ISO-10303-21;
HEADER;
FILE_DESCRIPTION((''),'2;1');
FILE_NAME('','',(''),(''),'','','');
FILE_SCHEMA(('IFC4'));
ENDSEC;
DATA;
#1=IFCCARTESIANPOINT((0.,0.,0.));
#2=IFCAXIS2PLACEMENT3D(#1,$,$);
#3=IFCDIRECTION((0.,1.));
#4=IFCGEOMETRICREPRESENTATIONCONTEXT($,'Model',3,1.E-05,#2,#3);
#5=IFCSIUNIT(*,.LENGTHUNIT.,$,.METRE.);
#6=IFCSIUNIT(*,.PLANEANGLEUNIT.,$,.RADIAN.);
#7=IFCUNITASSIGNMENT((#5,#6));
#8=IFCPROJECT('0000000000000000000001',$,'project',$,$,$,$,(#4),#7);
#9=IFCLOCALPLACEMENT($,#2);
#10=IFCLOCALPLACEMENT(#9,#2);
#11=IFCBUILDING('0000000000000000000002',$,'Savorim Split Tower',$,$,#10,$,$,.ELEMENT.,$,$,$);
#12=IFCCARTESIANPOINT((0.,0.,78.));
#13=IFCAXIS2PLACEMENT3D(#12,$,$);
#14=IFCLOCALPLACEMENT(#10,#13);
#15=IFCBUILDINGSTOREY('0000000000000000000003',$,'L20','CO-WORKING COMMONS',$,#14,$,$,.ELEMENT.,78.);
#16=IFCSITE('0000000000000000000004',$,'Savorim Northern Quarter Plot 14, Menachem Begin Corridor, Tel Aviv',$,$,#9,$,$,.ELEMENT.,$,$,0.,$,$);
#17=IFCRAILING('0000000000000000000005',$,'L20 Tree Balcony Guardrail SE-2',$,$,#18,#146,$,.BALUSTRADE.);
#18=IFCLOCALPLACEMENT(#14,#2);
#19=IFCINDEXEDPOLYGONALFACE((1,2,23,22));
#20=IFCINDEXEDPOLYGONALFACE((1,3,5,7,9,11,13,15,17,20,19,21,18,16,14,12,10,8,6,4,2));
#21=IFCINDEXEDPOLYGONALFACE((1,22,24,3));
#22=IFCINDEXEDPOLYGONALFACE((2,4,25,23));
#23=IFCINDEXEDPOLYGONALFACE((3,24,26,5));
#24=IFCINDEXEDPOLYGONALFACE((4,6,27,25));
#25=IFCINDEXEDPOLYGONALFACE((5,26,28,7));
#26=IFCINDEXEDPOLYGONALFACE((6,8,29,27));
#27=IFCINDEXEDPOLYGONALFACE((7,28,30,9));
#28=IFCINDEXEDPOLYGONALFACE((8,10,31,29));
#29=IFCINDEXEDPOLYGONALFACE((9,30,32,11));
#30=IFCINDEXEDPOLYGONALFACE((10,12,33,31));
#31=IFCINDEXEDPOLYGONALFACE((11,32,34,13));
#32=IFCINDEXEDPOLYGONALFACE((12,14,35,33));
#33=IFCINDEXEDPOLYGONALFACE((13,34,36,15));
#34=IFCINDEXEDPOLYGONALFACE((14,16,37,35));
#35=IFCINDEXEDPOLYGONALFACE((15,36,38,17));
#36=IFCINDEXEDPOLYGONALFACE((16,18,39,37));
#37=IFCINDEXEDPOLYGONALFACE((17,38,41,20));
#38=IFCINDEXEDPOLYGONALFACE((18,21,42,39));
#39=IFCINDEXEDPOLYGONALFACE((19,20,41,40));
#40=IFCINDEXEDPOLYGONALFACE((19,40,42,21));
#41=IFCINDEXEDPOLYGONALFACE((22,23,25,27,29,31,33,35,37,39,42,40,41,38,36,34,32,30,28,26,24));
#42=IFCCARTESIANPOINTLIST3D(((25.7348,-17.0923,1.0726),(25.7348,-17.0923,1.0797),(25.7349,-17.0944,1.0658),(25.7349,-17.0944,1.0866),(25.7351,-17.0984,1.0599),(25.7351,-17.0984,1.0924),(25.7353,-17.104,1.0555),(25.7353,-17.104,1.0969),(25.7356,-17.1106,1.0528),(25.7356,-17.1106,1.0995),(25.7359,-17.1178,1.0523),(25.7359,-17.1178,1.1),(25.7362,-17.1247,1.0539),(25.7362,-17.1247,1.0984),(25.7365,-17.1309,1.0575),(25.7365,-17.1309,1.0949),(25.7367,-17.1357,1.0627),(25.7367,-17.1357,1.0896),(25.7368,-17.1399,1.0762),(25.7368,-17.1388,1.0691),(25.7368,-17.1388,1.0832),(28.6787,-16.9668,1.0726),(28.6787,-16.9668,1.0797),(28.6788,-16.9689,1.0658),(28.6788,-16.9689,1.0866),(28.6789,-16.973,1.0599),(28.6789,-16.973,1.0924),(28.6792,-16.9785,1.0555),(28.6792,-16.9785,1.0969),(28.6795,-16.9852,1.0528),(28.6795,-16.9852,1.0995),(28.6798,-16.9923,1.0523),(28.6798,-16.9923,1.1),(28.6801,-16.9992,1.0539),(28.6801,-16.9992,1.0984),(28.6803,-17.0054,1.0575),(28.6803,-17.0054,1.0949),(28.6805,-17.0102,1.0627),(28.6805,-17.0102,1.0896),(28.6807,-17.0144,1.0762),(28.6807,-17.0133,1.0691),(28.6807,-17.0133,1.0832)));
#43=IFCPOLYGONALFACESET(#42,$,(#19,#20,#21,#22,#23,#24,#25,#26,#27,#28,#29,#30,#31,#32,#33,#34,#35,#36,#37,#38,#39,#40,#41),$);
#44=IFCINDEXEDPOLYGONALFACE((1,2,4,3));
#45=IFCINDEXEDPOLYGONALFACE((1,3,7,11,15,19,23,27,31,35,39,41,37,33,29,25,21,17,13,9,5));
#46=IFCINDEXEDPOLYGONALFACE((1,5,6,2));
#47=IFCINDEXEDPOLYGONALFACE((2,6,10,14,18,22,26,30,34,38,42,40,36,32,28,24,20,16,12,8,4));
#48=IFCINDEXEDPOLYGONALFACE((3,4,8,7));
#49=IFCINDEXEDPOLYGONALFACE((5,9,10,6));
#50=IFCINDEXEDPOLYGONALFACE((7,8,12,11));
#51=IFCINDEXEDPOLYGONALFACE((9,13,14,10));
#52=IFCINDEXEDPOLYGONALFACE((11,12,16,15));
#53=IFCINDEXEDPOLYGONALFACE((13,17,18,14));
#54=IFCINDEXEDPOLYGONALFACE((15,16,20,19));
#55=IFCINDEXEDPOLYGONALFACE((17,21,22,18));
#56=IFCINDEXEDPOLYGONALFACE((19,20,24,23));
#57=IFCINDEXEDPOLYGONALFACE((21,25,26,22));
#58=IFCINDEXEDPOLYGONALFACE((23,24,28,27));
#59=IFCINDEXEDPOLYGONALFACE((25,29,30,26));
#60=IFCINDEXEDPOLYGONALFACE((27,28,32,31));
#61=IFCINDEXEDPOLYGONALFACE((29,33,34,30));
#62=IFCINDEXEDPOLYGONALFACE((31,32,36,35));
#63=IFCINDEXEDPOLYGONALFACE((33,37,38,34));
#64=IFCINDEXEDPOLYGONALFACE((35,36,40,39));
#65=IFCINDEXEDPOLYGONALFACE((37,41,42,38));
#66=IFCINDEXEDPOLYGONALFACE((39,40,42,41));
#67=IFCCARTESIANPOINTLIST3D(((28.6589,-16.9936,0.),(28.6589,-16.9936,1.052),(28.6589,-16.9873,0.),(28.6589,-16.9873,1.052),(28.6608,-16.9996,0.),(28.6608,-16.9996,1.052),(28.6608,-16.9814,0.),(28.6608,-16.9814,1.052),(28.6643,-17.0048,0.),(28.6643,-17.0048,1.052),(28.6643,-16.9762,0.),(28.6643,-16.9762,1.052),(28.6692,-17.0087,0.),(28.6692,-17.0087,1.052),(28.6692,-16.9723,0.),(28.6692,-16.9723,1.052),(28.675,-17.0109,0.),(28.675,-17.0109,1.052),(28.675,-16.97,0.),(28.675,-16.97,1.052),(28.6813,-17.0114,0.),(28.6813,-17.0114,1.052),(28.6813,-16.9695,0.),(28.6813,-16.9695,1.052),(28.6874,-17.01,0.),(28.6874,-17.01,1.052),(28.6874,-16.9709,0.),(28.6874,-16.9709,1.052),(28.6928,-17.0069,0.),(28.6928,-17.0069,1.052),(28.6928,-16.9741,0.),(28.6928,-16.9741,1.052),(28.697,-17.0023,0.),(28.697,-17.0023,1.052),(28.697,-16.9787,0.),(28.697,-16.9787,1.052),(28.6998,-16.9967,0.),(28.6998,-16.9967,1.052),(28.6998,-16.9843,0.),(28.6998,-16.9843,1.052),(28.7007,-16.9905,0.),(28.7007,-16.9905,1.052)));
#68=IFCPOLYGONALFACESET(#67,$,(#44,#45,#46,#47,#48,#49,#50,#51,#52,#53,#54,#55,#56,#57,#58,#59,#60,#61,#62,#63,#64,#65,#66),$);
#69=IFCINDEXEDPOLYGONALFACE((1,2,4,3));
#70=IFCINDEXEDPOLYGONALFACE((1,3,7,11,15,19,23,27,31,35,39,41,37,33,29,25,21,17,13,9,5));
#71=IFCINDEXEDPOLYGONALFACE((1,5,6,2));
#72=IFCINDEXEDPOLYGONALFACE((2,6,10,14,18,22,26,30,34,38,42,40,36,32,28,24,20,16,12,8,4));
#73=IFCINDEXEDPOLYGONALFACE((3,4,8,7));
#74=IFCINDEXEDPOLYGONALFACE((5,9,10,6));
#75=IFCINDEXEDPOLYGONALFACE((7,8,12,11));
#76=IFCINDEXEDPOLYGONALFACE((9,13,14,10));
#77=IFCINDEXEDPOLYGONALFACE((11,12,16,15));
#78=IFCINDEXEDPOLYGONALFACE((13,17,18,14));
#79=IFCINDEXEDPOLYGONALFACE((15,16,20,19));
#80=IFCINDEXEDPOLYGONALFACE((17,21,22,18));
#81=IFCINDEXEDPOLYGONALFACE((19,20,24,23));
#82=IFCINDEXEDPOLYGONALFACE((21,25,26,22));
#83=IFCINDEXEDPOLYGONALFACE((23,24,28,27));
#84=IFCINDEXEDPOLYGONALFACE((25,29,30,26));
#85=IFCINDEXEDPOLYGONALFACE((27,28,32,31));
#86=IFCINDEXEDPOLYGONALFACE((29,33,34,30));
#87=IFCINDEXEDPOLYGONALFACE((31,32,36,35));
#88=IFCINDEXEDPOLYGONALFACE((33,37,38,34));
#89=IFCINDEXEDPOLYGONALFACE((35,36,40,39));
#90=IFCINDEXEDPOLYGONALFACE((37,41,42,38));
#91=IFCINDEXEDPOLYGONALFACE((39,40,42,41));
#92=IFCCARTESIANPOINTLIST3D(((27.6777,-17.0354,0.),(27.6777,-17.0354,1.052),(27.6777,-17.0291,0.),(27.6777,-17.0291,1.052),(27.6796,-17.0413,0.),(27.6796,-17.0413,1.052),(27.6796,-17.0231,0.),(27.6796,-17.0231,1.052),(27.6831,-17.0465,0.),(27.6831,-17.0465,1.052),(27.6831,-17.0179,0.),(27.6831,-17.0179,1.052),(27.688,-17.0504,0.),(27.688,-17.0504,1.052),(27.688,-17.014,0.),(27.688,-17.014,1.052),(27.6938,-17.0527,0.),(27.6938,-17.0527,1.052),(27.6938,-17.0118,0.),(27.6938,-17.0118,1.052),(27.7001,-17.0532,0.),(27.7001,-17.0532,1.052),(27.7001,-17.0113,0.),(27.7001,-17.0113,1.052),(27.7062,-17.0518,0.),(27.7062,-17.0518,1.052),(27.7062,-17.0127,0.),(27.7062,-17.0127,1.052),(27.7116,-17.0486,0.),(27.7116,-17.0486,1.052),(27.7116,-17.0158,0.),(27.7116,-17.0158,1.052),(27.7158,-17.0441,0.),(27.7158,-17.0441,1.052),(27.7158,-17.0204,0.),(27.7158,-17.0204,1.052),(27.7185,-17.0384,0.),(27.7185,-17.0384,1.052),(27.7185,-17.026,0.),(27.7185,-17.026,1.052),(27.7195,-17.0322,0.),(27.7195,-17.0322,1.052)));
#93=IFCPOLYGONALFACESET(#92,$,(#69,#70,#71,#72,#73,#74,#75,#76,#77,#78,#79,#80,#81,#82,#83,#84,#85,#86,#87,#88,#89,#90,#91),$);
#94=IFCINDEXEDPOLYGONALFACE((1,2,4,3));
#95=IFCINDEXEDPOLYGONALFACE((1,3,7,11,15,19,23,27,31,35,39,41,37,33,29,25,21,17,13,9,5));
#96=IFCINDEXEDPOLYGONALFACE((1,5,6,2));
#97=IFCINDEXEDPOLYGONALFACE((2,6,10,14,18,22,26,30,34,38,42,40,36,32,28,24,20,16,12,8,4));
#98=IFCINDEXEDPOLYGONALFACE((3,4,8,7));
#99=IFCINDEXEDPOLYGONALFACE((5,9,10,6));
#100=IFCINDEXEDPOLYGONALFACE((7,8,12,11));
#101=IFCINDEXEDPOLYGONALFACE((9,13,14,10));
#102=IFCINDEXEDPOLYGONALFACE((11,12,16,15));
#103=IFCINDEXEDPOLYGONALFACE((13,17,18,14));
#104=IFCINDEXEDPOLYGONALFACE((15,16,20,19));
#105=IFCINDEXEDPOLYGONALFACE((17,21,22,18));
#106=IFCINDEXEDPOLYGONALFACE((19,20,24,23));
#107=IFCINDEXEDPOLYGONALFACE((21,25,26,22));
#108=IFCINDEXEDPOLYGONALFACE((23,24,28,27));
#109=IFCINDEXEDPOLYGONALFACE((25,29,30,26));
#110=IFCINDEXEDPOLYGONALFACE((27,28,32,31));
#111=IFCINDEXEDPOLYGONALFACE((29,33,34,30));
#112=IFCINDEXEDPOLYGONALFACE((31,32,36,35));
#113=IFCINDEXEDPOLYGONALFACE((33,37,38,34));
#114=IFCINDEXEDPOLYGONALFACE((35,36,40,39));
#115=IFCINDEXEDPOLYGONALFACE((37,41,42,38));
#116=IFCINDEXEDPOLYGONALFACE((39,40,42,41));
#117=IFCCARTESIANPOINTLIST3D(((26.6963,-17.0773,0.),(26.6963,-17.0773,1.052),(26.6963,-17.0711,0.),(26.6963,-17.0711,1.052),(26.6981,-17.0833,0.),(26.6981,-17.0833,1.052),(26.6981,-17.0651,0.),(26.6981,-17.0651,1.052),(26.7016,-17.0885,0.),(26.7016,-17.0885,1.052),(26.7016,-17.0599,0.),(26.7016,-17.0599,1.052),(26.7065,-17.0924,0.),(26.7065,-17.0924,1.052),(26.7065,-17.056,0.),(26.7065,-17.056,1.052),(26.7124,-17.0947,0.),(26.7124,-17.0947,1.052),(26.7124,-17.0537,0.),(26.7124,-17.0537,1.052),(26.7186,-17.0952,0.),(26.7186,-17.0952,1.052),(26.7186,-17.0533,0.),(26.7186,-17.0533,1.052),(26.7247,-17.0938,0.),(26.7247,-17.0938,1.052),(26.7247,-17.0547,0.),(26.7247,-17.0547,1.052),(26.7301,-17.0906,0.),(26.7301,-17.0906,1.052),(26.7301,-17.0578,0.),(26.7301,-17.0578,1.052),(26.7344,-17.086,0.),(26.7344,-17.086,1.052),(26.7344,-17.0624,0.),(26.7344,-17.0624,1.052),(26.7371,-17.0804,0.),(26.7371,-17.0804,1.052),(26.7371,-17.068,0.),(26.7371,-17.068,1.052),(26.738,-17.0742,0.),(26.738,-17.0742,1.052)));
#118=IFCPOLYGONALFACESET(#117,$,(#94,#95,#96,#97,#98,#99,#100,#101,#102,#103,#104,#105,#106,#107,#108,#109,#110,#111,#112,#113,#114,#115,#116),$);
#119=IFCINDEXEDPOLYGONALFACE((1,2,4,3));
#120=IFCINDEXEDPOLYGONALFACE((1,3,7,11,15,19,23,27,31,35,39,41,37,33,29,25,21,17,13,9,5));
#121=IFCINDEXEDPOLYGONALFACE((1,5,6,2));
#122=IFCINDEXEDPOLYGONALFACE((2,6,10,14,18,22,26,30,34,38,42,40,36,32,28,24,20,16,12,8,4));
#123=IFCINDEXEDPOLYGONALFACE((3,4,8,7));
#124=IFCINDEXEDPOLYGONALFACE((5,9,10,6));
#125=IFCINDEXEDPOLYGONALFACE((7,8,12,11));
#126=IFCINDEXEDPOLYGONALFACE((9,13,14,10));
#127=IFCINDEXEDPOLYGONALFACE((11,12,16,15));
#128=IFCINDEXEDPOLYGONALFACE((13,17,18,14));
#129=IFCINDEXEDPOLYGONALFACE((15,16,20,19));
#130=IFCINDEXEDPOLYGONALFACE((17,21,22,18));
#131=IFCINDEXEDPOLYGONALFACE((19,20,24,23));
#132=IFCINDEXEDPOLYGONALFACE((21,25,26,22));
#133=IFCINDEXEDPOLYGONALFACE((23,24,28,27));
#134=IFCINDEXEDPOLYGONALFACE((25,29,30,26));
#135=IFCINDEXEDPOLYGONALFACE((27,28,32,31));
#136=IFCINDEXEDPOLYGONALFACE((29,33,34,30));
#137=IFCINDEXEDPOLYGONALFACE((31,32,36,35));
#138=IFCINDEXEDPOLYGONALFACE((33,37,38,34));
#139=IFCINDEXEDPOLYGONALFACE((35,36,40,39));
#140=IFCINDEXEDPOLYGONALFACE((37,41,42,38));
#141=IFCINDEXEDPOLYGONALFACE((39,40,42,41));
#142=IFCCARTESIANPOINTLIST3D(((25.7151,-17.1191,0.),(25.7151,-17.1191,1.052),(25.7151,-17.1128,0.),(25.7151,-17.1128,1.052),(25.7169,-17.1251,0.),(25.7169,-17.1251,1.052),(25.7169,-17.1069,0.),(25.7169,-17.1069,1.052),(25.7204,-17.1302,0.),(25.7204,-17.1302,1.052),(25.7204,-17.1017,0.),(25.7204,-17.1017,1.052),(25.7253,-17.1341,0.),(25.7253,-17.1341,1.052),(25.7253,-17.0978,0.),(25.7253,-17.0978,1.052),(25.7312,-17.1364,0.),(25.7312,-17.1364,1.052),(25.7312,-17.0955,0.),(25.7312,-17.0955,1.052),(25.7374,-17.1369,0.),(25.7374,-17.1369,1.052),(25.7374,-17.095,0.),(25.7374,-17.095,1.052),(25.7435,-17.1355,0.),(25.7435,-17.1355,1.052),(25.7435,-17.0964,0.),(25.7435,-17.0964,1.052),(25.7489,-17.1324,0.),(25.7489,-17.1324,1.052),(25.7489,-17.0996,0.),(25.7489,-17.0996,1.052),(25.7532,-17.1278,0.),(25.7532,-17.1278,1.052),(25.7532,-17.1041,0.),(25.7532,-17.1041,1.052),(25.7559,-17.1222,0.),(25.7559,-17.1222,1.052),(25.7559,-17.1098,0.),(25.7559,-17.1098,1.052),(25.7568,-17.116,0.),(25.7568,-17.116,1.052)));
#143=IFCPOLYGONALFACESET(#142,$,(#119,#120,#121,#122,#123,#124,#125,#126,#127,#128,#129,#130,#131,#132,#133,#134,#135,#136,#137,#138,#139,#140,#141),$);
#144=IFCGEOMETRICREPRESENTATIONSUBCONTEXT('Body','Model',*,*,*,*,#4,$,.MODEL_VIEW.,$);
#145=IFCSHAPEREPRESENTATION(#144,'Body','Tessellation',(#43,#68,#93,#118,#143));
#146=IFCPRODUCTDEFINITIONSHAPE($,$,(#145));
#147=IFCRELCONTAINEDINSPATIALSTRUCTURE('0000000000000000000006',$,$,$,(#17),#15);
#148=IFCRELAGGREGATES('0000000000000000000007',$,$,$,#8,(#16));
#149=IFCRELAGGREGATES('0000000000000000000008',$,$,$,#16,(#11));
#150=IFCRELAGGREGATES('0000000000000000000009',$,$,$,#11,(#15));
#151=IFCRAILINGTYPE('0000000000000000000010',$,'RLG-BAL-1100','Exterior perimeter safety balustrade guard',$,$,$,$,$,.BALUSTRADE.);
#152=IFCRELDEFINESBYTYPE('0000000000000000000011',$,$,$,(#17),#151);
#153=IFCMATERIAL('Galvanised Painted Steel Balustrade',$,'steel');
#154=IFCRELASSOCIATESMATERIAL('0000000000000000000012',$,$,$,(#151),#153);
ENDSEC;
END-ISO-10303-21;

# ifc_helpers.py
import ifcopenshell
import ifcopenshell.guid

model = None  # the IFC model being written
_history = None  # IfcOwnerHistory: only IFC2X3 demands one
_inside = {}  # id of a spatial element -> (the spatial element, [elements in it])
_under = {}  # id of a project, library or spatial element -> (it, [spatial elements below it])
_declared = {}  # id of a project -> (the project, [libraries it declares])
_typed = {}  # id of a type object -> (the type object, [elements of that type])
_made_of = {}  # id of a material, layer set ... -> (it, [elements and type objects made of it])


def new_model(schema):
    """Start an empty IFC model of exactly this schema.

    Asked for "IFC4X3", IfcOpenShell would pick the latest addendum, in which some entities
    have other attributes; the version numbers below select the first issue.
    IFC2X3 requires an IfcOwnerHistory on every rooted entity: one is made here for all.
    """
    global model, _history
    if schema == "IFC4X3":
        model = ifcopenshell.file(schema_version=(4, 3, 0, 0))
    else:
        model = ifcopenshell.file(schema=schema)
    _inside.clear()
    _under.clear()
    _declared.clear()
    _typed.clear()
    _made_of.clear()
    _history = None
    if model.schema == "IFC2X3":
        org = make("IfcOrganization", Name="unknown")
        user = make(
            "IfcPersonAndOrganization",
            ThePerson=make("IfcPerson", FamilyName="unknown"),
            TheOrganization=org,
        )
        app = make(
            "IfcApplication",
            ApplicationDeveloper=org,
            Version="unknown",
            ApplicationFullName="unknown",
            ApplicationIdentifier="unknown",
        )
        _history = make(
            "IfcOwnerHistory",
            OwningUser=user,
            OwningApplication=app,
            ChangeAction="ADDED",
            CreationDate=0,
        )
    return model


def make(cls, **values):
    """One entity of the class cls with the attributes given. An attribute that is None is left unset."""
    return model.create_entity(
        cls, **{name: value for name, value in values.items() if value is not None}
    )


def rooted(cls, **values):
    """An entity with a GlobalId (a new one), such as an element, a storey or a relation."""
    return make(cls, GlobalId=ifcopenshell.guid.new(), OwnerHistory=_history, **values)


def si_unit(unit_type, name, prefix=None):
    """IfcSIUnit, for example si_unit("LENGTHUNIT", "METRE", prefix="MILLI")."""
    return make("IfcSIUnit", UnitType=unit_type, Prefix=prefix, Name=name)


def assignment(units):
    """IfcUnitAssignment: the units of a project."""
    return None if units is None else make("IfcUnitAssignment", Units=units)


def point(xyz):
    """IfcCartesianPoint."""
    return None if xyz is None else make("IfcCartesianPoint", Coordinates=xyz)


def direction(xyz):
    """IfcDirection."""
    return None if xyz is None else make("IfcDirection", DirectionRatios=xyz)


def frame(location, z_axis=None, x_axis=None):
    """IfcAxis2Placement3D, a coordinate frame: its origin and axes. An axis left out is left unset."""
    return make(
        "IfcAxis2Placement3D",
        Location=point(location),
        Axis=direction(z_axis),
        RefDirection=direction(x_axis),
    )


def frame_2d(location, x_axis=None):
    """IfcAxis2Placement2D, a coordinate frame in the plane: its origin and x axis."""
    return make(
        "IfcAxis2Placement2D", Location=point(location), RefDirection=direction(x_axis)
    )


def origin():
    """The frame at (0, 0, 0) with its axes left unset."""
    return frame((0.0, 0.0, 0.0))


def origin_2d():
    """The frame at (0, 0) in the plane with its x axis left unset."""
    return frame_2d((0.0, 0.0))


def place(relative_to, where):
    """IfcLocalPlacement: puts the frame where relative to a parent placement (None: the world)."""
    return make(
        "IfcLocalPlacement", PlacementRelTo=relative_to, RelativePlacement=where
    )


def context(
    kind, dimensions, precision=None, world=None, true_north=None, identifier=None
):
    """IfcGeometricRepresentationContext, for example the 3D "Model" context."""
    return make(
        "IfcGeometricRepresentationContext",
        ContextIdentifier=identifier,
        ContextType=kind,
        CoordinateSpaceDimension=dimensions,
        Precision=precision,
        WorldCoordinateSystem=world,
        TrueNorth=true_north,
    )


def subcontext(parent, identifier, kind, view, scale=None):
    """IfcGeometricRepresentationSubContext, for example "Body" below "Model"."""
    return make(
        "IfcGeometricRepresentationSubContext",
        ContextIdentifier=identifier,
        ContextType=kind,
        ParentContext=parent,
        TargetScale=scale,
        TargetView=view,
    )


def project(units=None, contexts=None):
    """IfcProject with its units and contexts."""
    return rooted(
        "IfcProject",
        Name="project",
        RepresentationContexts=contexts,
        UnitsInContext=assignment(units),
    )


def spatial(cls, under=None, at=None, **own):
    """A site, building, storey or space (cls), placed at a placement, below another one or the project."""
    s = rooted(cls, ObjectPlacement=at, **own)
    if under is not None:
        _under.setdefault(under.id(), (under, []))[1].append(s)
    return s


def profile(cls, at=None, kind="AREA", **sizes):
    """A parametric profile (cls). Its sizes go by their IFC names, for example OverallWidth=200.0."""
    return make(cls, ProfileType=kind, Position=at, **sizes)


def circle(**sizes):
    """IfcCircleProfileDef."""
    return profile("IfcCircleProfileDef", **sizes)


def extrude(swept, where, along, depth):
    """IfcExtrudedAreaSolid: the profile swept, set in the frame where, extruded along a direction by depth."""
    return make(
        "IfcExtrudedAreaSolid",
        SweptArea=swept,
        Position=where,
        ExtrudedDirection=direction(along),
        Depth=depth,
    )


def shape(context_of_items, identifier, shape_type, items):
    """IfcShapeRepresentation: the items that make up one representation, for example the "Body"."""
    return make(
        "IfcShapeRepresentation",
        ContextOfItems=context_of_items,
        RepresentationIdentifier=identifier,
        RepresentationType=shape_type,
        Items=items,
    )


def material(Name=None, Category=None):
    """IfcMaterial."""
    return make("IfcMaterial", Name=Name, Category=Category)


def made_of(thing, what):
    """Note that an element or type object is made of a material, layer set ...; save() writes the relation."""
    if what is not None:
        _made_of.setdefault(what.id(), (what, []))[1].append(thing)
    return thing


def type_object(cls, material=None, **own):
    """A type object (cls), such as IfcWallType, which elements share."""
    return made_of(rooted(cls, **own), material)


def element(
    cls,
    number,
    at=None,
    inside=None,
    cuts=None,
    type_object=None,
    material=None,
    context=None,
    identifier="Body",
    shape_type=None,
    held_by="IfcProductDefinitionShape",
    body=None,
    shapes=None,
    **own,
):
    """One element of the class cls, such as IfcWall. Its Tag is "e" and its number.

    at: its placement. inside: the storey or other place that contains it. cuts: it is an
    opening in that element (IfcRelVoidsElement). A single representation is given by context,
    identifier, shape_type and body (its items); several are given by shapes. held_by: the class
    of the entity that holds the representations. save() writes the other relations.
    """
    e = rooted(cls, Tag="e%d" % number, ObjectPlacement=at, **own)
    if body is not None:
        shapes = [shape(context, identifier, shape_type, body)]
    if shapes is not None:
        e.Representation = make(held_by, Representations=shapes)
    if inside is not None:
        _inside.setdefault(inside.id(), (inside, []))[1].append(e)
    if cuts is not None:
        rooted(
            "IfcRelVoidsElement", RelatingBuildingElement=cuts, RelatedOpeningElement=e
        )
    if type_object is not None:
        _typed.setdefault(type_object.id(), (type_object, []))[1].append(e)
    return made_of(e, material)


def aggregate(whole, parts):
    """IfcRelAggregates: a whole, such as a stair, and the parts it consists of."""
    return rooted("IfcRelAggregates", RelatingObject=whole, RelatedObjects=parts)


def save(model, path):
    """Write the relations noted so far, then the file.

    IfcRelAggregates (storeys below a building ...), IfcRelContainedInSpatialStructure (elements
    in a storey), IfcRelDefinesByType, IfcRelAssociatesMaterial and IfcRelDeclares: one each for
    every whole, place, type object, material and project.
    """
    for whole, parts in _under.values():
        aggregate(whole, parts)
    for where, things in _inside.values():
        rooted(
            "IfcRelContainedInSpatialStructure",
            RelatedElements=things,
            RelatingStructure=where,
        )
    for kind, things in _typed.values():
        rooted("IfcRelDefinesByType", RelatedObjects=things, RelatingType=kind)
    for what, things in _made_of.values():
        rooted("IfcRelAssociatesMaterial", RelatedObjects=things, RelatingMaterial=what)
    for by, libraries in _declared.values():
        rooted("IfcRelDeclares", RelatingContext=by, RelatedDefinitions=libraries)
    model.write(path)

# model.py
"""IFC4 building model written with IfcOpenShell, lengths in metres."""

from ifc_helpers import new_model, si_unit, direction, frame, origin, origin_2d, place, context, subcontext, project, spatial, circle, extrude, material, type_object, element, save


model = new_model("IFC4")

# Units and contexts
model_context = context("Model", 3, precision=1e-05, world=origin(), true_north=direction((0.0, 1.0)))
body_context = subcontext(model_context, "Body", "Model", "MODEL_VIEW")
ifc_project = project(units=[si_unit("LENGTHUNIT", "METRE"), si_unit("PLANEANGLEUNIT", "RADIAN")], contexts=[model_context])

# Site, building, storey
site_placement = place(None, origin())
site = spatial("IfcSite", under=ifc_project, at=site_placement, Name="Savorim Northern Quarter Plot 14, Menachem Begin Corridor, Tel Aviv", CompositionType="ELEMENT", RefElevation=0.0)
building_placement = place(site_placement, origin())
building = spatial("IfcBuilding", under=site, at=building_placement, Name="Savorim Split Tower", CompositionType="ELEMENT")
storey_placement = place(building_placement, frame((0.0, 0.0, 78.0)))
storey = spatial("IfcBuildingStorey", under=building, at=storey_placement, Name="L20", Description="CO-WORKING COMMONS", CompositionType="ELEMENT", Elevation=78.0)

# Railing
ifc_material_1 = material(Name="Galvanised Painted Steel Balustrade", Category="steel")
railing_type = type_object("IfcRailingType", Name="RLG-BAL-1100", Description="Exterior perimeter safety balustrade guard", PredefinedType="BALUSTRADE", material=ifc_material_1)
railing_1_placement = place(storey_placement, frame((28.6797, -16.9905, 0.0)))
element("IfcRailing", 1, at=railing_1_placement, inside=storey, type_object=railing_type, Name="L20 Tree Balcony Guardrail SE-2", PredefinedType="BALUSTRADE", context=body_context, shape_type="SweptSolid", body=[
    extrude(circle(Radius=0.0239, at=origin_2d()), frame((0.0, 0.0, 1.0762), z_axis=(-0.999093, -0.042589, 0.0), x_axis=(0.042589, -0.999093, 0.0)), (0.0, 0.0, 1.0), 2.9465),
    extrude(circle(Radius=0.021, at=origin_2d()), origin(), (0.0, 0.0, 1.0), 1.052),
    extrude(circle(Radius=0.021, at=origin_2d()), frame((-0.9812, -0.0417, 0.0)), (0.0, 0.0, 1.0), 1.052),
    extrude(circle(Radius=0.021, at=origin_2d()), frame((-1.9626, -0.0837, 0.0)), (0.0, 0.0, 1.0), 1.052),
    extrude(circle(Radius=0.021, at=origin_2d()), frame((-2.9438, -0.1255, 0.0)), (0.0, 0.0, 1.0), 1.052),
])

save(model, "model.ifc")
